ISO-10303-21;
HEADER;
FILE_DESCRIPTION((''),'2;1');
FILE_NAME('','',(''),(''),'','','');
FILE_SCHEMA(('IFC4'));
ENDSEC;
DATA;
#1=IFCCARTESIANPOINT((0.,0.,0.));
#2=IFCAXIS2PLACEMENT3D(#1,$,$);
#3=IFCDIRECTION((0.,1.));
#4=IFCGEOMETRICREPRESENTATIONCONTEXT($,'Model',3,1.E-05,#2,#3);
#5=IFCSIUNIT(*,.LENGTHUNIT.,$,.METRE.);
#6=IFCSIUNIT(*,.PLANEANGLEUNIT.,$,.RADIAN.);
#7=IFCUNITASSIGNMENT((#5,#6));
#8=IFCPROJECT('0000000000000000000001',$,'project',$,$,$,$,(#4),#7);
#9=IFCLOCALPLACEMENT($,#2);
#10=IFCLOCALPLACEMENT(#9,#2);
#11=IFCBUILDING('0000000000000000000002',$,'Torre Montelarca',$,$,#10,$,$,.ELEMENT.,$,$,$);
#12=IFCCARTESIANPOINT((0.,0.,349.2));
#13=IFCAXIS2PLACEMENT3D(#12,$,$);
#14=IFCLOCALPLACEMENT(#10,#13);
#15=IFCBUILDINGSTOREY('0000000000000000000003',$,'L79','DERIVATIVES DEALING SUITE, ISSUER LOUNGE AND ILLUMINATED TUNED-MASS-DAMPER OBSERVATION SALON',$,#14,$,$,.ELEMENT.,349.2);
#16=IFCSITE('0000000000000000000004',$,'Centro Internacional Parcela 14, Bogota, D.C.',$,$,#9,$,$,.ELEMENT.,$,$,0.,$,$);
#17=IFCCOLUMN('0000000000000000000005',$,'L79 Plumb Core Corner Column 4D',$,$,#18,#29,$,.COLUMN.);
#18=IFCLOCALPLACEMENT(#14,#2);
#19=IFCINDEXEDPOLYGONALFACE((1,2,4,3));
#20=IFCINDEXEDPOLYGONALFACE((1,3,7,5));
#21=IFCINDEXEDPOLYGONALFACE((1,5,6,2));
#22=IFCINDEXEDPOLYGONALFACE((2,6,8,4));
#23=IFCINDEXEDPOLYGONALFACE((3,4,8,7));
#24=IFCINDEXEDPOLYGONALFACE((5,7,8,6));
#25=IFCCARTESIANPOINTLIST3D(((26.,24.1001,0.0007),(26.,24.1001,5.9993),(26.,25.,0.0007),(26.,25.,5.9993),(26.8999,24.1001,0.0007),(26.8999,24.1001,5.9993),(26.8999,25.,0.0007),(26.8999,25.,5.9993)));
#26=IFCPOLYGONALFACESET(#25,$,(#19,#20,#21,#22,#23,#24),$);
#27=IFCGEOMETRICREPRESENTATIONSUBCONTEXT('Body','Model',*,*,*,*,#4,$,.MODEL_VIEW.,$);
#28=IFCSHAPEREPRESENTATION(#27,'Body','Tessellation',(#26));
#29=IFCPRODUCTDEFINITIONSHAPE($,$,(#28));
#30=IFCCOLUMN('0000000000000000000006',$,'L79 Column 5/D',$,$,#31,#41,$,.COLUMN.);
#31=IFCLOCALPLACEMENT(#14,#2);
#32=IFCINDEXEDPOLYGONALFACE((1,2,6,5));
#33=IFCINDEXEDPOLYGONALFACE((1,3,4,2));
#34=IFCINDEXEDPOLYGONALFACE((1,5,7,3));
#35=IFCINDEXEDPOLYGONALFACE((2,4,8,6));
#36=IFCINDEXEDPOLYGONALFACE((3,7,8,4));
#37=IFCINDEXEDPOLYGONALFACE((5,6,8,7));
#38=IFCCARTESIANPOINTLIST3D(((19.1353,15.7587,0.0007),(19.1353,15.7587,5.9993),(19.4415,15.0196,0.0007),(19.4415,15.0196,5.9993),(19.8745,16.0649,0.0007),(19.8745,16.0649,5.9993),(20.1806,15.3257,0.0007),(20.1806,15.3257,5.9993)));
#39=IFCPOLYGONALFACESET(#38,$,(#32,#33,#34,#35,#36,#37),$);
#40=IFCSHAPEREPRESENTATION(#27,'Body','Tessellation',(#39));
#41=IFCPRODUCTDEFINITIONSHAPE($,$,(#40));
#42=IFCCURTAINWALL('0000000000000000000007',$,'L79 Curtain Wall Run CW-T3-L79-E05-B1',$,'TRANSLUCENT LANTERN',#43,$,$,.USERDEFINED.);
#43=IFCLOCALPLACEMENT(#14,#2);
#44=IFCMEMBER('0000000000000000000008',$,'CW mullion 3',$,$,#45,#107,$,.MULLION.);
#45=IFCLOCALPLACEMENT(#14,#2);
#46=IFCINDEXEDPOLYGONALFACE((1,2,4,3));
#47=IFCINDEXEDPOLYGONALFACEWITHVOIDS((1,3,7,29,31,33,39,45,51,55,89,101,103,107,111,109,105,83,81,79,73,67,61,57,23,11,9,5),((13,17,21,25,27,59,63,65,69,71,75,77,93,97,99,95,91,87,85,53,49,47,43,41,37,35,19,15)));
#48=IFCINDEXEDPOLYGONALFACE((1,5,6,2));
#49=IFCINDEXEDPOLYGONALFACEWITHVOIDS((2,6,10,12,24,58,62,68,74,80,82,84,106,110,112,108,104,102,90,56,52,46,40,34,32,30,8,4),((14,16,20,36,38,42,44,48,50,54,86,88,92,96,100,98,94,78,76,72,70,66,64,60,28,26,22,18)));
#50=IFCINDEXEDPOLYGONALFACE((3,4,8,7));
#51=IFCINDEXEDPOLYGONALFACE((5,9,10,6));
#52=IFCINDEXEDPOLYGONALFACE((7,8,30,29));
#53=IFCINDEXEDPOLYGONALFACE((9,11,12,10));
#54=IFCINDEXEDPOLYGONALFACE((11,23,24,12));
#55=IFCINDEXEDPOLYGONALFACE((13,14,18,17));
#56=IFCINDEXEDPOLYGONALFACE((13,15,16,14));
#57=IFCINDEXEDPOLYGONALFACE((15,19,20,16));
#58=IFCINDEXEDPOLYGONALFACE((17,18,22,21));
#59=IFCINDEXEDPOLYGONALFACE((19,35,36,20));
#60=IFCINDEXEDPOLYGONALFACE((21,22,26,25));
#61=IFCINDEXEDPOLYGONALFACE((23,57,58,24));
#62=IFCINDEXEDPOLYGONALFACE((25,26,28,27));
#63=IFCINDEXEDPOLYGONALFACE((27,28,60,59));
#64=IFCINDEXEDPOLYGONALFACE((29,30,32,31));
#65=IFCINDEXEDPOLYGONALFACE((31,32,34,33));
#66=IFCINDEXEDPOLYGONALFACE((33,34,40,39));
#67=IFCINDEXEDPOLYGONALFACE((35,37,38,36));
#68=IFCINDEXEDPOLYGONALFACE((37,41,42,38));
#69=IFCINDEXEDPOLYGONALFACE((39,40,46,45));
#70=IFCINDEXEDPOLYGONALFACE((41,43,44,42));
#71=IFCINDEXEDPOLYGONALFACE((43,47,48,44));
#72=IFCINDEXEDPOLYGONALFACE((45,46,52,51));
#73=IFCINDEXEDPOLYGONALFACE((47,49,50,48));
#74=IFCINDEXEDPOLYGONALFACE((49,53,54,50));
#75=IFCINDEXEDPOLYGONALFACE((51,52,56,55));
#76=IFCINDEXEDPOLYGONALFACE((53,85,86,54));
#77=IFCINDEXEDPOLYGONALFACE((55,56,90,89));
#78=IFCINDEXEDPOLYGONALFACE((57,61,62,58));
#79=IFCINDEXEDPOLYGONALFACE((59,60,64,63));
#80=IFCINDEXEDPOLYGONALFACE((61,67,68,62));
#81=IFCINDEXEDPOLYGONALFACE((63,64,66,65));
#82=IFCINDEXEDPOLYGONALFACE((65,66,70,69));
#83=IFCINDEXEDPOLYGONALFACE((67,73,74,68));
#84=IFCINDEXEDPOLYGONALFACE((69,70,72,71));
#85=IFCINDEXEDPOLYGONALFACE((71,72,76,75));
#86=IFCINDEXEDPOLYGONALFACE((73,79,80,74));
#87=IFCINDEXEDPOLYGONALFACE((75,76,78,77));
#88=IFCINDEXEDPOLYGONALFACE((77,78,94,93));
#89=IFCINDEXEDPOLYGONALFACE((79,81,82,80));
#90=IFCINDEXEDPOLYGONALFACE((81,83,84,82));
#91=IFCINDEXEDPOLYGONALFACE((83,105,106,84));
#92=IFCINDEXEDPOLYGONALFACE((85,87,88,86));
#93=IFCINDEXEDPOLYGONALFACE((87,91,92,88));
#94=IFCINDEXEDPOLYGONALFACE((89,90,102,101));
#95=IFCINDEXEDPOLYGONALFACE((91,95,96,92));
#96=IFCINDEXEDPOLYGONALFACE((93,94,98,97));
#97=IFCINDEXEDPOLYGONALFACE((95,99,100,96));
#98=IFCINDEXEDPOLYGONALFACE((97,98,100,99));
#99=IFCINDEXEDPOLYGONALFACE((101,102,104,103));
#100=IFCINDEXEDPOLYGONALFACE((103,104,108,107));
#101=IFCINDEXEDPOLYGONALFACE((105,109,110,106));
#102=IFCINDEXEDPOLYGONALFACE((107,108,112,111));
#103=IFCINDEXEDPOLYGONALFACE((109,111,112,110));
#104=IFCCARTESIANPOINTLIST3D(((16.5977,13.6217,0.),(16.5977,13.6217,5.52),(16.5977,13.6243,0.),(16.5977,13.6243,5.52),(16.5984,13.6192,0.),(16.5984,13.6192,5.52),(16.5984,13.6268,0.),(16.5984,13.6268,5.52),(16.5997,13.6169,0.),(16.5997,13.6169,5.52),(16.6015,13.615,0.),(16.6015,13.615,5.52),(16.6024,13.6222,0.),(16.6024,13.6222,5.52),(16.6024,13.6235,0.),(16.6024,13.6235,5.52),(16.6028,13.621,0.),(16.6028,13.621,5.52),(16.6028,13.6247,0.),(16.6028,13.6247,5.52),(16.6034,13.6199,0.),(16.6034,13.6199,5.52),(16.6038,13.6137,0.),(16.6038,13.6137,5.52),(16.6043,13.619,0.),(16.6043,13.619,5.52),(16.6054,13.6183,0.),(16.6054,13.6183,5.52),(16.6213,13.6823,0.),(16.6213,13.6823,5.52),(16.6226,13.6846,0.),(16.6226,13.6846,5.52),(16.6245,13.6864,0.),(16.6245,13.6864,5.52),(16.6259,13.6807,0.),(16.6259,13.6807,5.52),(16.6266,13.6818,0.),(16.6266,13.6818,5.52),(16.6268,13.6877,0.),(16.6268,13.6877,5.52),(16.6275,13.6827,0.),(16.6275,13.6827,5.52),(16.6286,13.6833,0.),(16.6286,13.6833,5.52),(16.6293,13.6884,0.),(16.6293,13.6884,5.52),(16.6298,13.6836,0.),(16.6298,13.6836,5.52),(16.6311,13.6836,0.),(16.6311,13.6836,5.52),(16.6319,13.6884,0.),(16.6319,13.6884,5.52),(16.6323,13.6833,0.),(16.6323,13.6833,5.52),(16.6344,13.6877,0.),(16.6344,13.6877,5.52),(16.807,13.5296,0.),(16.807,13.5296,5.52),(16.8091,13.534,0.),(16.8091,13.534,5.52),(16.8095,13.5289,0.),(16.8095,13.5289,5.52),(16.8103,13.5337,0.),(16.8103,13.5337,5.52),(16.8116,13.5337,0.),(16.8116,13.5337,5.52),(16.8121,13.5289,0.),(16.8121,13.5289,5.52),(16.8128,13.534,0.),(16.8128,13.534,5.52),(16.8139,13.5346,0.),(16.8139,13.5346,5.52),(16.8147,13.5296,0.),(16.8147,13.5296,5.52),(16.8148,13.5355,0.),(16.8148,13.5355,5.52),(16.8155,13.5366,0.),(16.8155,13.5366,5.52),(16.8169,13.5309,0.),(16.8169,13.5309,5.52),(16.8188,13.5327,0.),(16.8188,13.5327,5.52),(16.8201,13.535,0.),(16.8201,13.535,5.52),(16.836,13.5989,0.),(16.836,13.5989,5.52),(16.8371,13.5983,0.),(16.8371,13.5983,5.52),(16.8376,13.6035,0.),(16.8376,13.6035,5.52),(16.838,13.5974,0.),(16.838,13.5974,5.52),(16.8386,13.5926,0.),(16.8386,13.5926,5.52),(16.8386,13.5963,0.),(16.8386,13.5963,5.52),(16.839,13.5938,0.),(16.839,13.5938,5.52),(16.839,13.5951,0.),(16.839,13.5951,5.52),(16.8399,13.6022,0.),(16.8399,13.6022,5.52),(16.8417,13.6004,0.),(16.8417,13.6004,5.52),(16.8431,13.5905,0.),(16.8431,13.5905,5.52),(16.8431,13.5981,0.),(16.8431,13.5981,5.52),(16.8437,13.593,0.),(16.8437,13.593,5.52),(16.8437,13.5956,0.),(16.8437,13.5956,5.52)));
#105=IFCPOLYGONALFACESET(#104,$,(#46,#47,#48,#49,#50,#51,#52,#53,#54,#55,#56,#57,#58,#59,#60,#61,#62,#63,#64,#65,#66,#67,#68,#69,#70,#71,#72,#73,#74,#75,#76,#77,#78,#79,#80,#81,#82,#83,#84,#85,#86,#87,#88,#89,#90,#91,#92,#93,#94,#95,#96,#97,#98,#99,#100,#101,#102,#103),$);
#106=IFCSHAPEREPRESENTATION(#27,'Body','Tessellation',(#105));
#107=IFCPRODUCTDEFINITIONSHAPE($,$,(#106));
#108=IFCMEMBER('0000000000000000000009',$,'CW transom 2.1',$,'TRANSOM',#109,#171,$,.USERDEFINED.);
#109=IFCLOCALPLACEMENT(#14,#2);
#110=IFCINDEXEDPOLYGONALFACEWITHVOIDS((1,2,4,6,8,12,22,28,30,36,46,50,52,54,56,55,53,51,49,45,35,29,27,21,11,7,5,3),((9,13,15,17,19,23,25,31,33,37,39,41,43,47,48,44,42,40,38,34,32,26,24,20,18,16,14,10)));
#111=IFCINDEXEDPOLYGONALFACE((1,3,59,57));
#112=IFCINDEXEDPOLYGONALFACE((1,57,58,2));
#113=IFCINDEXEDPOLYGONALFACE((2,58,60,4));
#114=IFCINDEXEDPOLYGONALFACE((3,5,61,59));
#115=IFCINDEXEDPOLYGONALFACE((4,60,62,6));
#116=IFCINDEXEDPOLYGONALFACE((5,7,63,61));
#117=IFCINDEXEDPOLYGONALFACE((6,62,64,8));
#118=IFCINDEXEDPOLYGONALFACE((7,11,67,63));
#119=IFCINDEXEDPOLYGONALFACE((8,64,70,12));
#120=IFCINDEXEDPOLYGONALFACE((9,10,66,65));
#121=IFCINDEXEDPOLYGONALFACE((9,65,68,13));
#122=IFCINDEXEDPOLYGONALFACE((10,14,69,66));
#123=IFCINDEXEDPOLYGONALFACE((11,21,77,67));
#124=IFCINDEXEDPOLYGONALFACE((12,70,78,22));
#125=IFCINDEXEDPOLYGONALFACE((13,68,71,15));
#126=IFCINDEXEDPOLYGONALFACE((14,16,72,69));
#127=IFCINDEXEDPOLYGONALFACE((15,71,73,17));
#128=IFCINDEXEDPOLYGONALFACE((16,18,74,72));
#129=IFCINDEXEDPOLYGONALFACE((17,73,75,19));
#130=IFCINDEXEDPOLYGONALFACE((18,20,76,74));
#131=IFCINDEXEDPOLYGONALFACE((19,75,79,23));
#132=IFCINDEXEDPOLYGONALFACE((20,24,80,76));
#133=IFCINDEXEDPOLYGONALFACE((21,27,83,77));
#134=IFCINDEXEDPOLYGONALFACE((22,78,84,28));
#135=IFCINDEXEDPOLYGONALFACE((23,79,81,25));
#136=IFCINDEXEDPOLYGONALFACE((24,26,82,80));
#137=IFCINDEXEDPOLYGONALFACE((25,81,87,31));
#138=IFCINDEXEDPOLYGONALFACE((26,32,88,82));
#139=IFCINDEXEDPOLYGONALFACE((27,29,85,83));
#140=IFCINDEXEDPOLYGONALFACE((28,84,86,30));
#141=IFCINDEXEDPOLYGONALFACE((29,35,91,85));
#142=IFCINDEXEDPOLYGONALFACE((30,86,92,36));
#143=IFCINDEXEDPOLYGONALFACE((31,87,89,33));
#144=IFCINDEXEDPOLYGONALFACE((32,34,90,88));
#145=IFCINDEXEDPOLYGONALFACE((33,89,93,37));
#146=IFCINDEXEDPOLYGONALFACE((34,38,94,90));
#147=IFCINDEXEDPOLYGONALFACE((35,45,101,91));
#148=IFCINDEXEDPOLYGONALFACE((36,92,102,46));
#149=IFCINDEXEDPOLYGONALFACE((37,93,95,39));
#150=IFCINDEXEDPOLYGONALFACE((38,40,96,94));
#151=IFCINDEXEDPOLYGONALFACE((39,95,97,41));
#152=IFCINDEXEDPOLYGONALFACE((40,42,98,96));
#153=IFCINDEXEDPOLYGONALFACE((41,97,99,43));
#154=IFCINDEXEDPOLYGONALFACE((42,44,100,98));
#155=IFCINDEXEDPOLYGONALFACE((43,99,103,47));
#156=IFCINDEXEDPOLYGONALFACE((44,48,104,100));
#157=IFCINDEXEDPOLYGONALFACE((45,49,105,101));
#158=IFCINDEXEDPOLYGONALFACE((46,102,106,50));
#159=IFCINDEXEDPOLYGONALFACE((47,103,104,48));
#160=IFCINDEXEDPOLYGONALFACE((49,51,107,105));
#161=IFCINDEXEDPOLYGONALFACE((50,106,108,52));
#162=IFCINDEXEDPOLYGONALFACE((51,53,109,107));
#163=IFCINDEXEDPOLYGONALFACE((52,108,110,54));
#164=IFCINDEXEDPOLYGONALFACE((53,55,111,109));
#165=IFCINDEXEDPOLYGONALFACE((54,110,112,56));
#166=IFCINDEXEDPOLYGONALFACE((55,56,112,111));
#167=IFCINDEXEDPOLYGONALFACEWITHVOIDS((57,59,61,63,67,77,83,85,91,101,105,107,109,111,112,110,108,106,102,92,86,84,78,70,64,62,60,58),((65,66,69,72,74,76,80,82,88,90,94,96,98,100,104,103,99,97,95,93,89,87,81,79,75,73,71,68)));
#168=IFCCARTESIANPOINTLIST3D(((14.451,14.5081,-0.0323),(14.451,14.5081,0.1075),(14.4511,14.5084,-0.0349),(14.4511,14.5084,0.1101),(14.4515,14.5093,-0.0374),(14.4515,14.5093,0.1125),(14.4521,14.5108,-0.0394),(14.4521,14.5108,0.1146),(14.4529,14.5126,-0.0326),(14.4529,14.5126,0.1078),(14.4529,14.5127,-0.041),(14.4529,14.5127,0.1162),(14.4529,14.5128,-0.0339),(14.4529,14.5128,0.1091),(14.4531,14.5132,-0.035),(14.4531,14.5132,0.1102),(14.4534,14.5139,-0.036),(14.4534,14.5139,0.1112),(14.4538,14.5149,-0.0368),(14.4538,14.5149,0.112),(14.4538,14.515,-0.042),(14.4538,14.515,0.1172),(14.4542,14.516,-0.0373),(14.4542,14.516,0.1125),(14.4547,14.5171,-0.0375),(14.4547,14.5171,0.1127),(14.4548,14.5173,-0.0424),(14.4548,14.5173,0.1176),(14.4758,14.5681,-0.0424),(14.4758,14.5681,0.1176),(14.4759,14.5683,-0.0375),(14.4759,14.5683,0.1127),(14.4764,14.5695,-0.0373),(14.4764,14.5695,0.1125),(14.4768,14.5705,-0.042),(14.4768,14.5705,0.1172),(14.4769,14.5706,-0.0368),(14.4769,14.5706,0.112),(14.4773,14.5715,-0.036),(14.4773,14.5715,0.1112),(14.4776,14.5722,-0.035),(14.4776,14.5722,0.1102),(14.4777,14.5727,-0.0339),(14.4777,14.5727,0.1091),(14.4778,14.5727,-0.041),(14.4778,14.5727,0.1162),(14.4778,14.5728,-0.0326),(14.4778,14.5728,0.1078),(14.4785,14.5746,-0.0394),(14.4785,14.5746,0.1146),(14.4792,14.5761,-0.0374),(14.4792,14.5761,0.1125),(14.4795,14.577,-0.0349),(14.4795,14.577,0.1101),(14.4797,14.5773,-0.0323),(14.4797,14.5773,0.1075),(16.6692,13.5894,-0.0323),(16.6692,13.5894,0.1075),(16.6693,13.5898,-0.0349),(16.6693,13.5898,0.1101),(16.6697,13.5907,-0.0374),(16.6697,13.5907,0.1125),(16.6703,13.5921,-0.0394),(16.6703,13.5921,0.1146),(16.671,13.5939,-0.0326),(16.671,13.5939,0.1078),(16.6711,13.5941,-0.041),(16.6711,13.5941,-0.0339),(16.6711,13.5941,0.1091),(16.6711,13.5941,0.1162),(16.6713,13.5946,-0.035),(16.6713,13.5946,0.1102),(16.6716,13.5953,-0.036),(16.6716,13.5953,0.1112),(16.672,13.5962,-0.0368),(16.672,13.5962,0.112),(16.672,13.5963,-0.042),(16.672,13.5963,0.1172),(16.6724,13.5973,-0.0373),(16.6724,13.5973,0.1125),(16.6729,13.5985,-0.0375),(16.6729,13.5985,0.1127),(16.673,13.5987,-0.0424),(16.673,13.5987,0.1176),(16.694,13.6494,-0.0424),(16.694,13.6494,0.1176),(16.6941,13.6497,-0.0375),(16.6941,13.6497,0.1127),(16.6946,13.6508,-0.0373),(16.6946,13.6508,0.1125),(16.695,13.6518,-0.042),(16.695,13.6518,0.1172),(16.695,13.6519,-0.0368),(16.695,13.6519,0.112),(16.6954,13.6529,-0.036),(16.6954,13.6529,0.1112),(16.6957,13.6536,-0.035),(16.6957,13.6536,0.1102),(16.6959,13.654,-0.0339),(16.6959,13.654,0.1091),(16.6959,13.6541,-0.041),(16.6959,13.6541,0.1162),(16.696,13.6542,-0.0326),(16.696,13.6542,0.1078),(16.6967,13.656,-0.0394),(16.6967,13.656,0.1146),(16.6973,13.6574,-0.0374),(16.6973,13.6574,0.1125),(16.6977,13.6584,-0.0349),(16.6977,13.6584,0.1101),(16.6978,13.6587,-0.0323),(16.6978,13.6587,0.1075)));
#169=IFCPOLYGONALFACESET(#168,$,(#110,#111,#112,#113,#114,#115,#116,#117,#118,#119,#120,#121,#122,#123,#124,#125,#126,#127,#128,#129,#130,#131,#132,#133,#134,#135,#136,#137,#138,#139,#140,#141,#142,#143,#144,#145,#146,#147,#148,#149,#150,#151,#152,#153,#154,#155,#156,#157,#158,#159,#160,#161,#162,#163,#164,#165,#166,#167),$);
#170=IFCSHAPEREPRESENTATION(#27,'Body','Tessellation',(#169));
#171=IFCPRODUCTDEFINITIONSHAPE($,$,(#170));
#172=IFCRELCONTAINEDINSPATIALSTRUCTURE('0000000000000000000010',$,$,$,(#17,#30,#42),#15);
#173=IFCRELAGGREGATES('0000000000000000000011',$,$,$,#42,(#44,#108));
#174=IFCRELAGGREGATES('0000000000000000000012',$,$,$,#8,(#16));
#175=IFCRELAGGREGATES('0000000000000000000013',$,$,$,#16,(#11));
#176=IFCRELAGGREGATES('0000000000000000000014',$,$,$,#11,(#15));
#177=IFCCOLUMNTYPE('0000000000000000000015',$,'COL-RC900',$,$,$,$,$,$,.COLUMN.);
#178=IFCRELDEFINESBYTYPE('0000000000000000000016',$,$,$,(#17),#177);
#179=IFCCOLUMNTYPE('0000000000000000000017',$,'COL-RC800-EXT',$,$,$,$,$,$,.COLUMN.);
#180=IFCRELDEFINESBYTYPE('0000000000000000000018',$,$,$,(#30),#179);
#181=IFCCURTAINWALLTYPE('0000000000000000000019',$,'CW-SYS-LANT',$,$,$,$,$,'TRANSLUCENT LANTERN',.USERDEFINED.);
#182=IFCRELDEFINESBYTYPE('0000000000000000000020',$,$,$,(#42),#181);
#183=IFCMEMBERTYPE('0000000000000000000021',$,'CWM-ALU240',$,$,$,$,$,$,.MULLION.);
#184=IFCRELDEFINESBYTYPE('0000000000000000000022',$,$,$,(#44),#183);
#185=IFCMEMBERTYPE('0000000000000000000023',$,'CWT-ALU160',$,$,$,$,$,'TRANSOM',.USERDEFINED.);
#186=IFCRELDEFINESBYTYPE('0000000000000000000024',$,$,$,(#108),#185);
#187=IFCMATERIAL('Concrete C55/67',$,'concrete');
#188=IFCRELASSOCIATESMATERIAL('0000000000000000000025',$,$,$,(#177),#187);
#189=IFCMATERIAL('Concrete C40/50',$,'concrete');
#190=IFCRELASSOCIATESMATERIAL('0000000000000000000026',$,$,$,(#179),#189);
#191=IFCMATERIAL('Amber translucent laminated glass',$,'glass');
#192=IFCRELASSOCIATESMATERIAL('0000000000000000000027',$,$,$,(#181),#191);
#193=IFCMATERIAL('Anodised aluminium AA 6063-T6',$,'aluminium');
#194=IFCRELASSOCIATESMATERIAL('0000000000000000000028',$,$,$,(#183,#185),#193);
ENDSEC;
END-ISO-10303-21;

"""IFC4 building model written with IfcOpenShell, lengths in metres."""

from ifc_helpers import new_model, si_unit, direction, frame, origin, origin_2d, place, context, subcontext, project, spatial, rectangle, hollow_rectangle, extrude, source, transform, mapped, material, material_profile, profile_set, type_object, element, aggregate, save


model = new_model("IFC4")

# Units and contexts
model_context = context("Model", 3, precision=1e-05, world=origin(), true_north=direction((0.0, 1.0)))
body_context = subcontext(model_context, "Body", "Model", "MODEL_VIEW")
ifc_project = project(units=[si_unit("LENGTHUNIT", "METRE"), si_unit("PLANEANGLEUNIT", "RADIAN")], contexts=[model_context])

# Site, building, storey
site_placement = place(None, origin())
site = spatial("IfcSite", under=ifc_project, at=site_placement, Name="Centro Internacional Parcela 14, Bogota, D.C.", CompositionType="ELEMENT", RefElevation=0.0)
building_placement = place(site_placement, origin())
building = spatial("IfcBuilding", under=site, at=building_placement, Name="Torre Montelarca", CompositionType="ELEMENT")
storey_placement = place(building_placement, frame((0.0, 0.0, 349.2)))
storey = spatial("IfcBuildingStorey", under=building, at=storey_placement, Name="L79", Description="DERIVATIVES DEALING SUITE, ISSUER LOUNGE AND ILLUMINATED TUNED-MASS-DAMPER OBSERVATION SALON", CompositionType="ELEMENT", Elevation=349.2)

# Columns
ifc_material_1 = material(Name="Concrete C55/67", Category="concrete")
ifc_material_profile_1 = material_profile(ifc_material_1, rectangle(XDim=0.8999, YDim=0.8999, at=origin_2d()), Name="RC900X900", Category="concrete")
ifc_profile_set_1 = profile_set([ifc_material_profile_1], Name="Concrete C55/67")
column_type_1 = type_object("IfcColumnType", Name="COL-RC900", PredefinedType="COLUMN", material=ifc_profile_set_1)
shared_shape_1 = source(origin(), body_context, "Body", "SweptSolid", [
    extrude(rectangle(XDim=0.8999, YDim=0.8999, at=origin_2d()), origin(), (0.0, 0.0, 1.0), 5.9985),
])
column_1_placement = place(storey_placement, frame((26.45, 24.55, 0.0007), z_axis=(0.0, 0.0, 1.0), x_axis=(1.0, 0.0, 0.0)))
element("IfcColumn", 1, at=column_1_placement, inside=storey, type_object=column_type_1, Name="L79 Plumb Core Corner Column 4D", PredefinedType="COLUMN", context=body_context, shape_type="MappedRepresentation", body=[
    mapped(shared_shape_1, transform((0.0, 0.0, 0.0), scale=1.0)),
])
ifc_material_2 = material(Name="Concrete C40/50", Category="concrete")
ifc_material_profile_2 = material_profile(ifc_material_2, rectangle(XDim=0.8, YDim=0.8, at=origin_2d()), Name="RC800X800", Category="concrete")
ifc_profile_set_2 = profile_set([ifc_material_profile_2], Name="Concrete C40/50")
column_type_2 = type_object("IfcColumnType", Name="COL-RC800-EXT", PredefinedType="COLUMN", material=ifc_profile_set_2)
shared_shape_2 = source(origin(), body_context, "Body", "SweptSolid", [
    extrude(rectangle(XDim=0.8, YDim=0.8, at=origin_2d()), origin(), (0.0, 0.0, 1.0), 5.9985),
])
column_2_placement = place(storey_placement, frame((19.658, 15.5422, 0.0007), z_axis=(0.0, 0.0, 1.0), x_axis=(-0.382683, 0.92388, 0.0)))
element("IfcColumn", 2, at=column_2_placement, inside=storey, type_object=column_type_2, Name="L79 Column 5/D", PredefinedType="COLUMN", context=body_context, shape_type="MappedRepresentation", body=[
    mapped(shared_shape_2, transform((0.0, 0.0, 0.0), scale=1.0)),
])

# Curtain wall, members
ifc_material_3 = material(Name="Amber translucent laminated glass", Category="glass")
curtain_wall_type = type_object("IfcCurtainWallType", Name="CW-SYS-LANT", ElementType="TRANSLUCENT LANTERN", PredefinedType="USERDEFINED", material=ifc_material_3)
curtain_wall_placement = place(storey_placement, origin())
curtain_wall = element("IfcCurtainWall", 3, at=curtain_wall_placement, inside=storey, type_object=curtain_wall_type, Name="L79 Curtain Wall Run CW-T3-L79-E05-B1", ObjectType="TRANSLUCENT LANTERN", PredefinedType="USERDEFINED")
ifc_material_4 = material(Name="Anodised aluminium AA 6063-T6", Category="aluminium")
ifc_material_profile_3 = material_profile(ifc_material_4, hollow_rectangle(XDim=0.0801, YDim=0.24, WallThickness=0.0049, InnerFilletRadius=0.0049, OuterFilletRadius=0.01, at=origin_2d()), Name="ALU80X240X5", Category="aluminium")
ifc_profile_set_3 = profile_set([ifc_material_profile_3], Name="Anodised aluminium AA 6063-T6")
member_type_1 = type_object("IfcMemberType", Name="CWM-ALU240", PredefinedType="MULLION", material=ifc_profile_set_3)
shared_shape_3 = source(origin(), body_context, "Body", "SweptSolid", [
    extrude(hollow_rectangle(XDim=0.0801, YDim=0.24, WallThickness=0.0049, InnerFilletRadius=0.0049, OuterFilletRadius=0.01, at=origin_2d()), origin(), (0.0, 0.0, 1.0), 5.52),
])
member_1_placement = place(storey_placement, frame((16.7207, 13.6086, 0.0), z_axis=(0.0, 0.0, 1.0), x_axis=(0.382671, 0.923885, 0.0)))
member_1 = element("IfcMember", 4, at=member_1_placement, type_object=member_type_1, Name="CW mullion 3", PredefinedType="MULLION", context=body_context, shape_type="MappedRepresentation", body=[
    mapped(shared_shape_3, transform((0.0, 0.0, 0.0), scale=1.0)),
])
ifc_material_profile_4 = material_profile(ifc_material_4, hollow_rectangle(XDim=0.075, YDim=0.1599, WallThickness=0.0049, InnerFilletRadius=0.0049, OuterFilletRadius=0.01, at=origin_2d()), Name="ALU75X160X5", Category="aluminium")
ifc_profile_set_4 = profile_set([ifc_material_profile_4], Name="Anodised aluminium AA 6063-T6")
member_type_2 = type_object("IfcMemberType", Name="CWT-ALU160", ElementType="TRANSOM", PredefinedType="USERDEFINED", material=ifc_profile_set_4)
shared_shape_4 = source(origin(), body_context, "Body", "SweptSolid", [
    extrude(hollow_rectangle(XDim=0.075, YDim=0.1599, WallThickness=0.0049, InnerFilletRadius=0.0049, OuterFilletRadius=0.01, at=origin_2d()), origin(), (0.0, 0.0, 1.0), 2.4009),
])
member_2_placement = place(storey_placement, frame((14.4653, 14.5427, 0.0376), z_axis=(0.923899, -0.382636, 0.0), x_axis=(0.382636, 0.923899, 0.0)))
member_2 = element("IfcMember", 5, at=member_2_placement, type_object=member_type_2, Name="CW transom 2.1", ObjectType="TRANSOM", PredefinedType="USERDEFINED", context=body_context, shape_type="MappedRepresentation", body=[
    mapped(shared_shape_4, transform((0.0, 0.0, 0.0), scale=1.0)),
])
aggregate(curtain_wall, [member_1, member_2])

save(model, "model.ifc")
